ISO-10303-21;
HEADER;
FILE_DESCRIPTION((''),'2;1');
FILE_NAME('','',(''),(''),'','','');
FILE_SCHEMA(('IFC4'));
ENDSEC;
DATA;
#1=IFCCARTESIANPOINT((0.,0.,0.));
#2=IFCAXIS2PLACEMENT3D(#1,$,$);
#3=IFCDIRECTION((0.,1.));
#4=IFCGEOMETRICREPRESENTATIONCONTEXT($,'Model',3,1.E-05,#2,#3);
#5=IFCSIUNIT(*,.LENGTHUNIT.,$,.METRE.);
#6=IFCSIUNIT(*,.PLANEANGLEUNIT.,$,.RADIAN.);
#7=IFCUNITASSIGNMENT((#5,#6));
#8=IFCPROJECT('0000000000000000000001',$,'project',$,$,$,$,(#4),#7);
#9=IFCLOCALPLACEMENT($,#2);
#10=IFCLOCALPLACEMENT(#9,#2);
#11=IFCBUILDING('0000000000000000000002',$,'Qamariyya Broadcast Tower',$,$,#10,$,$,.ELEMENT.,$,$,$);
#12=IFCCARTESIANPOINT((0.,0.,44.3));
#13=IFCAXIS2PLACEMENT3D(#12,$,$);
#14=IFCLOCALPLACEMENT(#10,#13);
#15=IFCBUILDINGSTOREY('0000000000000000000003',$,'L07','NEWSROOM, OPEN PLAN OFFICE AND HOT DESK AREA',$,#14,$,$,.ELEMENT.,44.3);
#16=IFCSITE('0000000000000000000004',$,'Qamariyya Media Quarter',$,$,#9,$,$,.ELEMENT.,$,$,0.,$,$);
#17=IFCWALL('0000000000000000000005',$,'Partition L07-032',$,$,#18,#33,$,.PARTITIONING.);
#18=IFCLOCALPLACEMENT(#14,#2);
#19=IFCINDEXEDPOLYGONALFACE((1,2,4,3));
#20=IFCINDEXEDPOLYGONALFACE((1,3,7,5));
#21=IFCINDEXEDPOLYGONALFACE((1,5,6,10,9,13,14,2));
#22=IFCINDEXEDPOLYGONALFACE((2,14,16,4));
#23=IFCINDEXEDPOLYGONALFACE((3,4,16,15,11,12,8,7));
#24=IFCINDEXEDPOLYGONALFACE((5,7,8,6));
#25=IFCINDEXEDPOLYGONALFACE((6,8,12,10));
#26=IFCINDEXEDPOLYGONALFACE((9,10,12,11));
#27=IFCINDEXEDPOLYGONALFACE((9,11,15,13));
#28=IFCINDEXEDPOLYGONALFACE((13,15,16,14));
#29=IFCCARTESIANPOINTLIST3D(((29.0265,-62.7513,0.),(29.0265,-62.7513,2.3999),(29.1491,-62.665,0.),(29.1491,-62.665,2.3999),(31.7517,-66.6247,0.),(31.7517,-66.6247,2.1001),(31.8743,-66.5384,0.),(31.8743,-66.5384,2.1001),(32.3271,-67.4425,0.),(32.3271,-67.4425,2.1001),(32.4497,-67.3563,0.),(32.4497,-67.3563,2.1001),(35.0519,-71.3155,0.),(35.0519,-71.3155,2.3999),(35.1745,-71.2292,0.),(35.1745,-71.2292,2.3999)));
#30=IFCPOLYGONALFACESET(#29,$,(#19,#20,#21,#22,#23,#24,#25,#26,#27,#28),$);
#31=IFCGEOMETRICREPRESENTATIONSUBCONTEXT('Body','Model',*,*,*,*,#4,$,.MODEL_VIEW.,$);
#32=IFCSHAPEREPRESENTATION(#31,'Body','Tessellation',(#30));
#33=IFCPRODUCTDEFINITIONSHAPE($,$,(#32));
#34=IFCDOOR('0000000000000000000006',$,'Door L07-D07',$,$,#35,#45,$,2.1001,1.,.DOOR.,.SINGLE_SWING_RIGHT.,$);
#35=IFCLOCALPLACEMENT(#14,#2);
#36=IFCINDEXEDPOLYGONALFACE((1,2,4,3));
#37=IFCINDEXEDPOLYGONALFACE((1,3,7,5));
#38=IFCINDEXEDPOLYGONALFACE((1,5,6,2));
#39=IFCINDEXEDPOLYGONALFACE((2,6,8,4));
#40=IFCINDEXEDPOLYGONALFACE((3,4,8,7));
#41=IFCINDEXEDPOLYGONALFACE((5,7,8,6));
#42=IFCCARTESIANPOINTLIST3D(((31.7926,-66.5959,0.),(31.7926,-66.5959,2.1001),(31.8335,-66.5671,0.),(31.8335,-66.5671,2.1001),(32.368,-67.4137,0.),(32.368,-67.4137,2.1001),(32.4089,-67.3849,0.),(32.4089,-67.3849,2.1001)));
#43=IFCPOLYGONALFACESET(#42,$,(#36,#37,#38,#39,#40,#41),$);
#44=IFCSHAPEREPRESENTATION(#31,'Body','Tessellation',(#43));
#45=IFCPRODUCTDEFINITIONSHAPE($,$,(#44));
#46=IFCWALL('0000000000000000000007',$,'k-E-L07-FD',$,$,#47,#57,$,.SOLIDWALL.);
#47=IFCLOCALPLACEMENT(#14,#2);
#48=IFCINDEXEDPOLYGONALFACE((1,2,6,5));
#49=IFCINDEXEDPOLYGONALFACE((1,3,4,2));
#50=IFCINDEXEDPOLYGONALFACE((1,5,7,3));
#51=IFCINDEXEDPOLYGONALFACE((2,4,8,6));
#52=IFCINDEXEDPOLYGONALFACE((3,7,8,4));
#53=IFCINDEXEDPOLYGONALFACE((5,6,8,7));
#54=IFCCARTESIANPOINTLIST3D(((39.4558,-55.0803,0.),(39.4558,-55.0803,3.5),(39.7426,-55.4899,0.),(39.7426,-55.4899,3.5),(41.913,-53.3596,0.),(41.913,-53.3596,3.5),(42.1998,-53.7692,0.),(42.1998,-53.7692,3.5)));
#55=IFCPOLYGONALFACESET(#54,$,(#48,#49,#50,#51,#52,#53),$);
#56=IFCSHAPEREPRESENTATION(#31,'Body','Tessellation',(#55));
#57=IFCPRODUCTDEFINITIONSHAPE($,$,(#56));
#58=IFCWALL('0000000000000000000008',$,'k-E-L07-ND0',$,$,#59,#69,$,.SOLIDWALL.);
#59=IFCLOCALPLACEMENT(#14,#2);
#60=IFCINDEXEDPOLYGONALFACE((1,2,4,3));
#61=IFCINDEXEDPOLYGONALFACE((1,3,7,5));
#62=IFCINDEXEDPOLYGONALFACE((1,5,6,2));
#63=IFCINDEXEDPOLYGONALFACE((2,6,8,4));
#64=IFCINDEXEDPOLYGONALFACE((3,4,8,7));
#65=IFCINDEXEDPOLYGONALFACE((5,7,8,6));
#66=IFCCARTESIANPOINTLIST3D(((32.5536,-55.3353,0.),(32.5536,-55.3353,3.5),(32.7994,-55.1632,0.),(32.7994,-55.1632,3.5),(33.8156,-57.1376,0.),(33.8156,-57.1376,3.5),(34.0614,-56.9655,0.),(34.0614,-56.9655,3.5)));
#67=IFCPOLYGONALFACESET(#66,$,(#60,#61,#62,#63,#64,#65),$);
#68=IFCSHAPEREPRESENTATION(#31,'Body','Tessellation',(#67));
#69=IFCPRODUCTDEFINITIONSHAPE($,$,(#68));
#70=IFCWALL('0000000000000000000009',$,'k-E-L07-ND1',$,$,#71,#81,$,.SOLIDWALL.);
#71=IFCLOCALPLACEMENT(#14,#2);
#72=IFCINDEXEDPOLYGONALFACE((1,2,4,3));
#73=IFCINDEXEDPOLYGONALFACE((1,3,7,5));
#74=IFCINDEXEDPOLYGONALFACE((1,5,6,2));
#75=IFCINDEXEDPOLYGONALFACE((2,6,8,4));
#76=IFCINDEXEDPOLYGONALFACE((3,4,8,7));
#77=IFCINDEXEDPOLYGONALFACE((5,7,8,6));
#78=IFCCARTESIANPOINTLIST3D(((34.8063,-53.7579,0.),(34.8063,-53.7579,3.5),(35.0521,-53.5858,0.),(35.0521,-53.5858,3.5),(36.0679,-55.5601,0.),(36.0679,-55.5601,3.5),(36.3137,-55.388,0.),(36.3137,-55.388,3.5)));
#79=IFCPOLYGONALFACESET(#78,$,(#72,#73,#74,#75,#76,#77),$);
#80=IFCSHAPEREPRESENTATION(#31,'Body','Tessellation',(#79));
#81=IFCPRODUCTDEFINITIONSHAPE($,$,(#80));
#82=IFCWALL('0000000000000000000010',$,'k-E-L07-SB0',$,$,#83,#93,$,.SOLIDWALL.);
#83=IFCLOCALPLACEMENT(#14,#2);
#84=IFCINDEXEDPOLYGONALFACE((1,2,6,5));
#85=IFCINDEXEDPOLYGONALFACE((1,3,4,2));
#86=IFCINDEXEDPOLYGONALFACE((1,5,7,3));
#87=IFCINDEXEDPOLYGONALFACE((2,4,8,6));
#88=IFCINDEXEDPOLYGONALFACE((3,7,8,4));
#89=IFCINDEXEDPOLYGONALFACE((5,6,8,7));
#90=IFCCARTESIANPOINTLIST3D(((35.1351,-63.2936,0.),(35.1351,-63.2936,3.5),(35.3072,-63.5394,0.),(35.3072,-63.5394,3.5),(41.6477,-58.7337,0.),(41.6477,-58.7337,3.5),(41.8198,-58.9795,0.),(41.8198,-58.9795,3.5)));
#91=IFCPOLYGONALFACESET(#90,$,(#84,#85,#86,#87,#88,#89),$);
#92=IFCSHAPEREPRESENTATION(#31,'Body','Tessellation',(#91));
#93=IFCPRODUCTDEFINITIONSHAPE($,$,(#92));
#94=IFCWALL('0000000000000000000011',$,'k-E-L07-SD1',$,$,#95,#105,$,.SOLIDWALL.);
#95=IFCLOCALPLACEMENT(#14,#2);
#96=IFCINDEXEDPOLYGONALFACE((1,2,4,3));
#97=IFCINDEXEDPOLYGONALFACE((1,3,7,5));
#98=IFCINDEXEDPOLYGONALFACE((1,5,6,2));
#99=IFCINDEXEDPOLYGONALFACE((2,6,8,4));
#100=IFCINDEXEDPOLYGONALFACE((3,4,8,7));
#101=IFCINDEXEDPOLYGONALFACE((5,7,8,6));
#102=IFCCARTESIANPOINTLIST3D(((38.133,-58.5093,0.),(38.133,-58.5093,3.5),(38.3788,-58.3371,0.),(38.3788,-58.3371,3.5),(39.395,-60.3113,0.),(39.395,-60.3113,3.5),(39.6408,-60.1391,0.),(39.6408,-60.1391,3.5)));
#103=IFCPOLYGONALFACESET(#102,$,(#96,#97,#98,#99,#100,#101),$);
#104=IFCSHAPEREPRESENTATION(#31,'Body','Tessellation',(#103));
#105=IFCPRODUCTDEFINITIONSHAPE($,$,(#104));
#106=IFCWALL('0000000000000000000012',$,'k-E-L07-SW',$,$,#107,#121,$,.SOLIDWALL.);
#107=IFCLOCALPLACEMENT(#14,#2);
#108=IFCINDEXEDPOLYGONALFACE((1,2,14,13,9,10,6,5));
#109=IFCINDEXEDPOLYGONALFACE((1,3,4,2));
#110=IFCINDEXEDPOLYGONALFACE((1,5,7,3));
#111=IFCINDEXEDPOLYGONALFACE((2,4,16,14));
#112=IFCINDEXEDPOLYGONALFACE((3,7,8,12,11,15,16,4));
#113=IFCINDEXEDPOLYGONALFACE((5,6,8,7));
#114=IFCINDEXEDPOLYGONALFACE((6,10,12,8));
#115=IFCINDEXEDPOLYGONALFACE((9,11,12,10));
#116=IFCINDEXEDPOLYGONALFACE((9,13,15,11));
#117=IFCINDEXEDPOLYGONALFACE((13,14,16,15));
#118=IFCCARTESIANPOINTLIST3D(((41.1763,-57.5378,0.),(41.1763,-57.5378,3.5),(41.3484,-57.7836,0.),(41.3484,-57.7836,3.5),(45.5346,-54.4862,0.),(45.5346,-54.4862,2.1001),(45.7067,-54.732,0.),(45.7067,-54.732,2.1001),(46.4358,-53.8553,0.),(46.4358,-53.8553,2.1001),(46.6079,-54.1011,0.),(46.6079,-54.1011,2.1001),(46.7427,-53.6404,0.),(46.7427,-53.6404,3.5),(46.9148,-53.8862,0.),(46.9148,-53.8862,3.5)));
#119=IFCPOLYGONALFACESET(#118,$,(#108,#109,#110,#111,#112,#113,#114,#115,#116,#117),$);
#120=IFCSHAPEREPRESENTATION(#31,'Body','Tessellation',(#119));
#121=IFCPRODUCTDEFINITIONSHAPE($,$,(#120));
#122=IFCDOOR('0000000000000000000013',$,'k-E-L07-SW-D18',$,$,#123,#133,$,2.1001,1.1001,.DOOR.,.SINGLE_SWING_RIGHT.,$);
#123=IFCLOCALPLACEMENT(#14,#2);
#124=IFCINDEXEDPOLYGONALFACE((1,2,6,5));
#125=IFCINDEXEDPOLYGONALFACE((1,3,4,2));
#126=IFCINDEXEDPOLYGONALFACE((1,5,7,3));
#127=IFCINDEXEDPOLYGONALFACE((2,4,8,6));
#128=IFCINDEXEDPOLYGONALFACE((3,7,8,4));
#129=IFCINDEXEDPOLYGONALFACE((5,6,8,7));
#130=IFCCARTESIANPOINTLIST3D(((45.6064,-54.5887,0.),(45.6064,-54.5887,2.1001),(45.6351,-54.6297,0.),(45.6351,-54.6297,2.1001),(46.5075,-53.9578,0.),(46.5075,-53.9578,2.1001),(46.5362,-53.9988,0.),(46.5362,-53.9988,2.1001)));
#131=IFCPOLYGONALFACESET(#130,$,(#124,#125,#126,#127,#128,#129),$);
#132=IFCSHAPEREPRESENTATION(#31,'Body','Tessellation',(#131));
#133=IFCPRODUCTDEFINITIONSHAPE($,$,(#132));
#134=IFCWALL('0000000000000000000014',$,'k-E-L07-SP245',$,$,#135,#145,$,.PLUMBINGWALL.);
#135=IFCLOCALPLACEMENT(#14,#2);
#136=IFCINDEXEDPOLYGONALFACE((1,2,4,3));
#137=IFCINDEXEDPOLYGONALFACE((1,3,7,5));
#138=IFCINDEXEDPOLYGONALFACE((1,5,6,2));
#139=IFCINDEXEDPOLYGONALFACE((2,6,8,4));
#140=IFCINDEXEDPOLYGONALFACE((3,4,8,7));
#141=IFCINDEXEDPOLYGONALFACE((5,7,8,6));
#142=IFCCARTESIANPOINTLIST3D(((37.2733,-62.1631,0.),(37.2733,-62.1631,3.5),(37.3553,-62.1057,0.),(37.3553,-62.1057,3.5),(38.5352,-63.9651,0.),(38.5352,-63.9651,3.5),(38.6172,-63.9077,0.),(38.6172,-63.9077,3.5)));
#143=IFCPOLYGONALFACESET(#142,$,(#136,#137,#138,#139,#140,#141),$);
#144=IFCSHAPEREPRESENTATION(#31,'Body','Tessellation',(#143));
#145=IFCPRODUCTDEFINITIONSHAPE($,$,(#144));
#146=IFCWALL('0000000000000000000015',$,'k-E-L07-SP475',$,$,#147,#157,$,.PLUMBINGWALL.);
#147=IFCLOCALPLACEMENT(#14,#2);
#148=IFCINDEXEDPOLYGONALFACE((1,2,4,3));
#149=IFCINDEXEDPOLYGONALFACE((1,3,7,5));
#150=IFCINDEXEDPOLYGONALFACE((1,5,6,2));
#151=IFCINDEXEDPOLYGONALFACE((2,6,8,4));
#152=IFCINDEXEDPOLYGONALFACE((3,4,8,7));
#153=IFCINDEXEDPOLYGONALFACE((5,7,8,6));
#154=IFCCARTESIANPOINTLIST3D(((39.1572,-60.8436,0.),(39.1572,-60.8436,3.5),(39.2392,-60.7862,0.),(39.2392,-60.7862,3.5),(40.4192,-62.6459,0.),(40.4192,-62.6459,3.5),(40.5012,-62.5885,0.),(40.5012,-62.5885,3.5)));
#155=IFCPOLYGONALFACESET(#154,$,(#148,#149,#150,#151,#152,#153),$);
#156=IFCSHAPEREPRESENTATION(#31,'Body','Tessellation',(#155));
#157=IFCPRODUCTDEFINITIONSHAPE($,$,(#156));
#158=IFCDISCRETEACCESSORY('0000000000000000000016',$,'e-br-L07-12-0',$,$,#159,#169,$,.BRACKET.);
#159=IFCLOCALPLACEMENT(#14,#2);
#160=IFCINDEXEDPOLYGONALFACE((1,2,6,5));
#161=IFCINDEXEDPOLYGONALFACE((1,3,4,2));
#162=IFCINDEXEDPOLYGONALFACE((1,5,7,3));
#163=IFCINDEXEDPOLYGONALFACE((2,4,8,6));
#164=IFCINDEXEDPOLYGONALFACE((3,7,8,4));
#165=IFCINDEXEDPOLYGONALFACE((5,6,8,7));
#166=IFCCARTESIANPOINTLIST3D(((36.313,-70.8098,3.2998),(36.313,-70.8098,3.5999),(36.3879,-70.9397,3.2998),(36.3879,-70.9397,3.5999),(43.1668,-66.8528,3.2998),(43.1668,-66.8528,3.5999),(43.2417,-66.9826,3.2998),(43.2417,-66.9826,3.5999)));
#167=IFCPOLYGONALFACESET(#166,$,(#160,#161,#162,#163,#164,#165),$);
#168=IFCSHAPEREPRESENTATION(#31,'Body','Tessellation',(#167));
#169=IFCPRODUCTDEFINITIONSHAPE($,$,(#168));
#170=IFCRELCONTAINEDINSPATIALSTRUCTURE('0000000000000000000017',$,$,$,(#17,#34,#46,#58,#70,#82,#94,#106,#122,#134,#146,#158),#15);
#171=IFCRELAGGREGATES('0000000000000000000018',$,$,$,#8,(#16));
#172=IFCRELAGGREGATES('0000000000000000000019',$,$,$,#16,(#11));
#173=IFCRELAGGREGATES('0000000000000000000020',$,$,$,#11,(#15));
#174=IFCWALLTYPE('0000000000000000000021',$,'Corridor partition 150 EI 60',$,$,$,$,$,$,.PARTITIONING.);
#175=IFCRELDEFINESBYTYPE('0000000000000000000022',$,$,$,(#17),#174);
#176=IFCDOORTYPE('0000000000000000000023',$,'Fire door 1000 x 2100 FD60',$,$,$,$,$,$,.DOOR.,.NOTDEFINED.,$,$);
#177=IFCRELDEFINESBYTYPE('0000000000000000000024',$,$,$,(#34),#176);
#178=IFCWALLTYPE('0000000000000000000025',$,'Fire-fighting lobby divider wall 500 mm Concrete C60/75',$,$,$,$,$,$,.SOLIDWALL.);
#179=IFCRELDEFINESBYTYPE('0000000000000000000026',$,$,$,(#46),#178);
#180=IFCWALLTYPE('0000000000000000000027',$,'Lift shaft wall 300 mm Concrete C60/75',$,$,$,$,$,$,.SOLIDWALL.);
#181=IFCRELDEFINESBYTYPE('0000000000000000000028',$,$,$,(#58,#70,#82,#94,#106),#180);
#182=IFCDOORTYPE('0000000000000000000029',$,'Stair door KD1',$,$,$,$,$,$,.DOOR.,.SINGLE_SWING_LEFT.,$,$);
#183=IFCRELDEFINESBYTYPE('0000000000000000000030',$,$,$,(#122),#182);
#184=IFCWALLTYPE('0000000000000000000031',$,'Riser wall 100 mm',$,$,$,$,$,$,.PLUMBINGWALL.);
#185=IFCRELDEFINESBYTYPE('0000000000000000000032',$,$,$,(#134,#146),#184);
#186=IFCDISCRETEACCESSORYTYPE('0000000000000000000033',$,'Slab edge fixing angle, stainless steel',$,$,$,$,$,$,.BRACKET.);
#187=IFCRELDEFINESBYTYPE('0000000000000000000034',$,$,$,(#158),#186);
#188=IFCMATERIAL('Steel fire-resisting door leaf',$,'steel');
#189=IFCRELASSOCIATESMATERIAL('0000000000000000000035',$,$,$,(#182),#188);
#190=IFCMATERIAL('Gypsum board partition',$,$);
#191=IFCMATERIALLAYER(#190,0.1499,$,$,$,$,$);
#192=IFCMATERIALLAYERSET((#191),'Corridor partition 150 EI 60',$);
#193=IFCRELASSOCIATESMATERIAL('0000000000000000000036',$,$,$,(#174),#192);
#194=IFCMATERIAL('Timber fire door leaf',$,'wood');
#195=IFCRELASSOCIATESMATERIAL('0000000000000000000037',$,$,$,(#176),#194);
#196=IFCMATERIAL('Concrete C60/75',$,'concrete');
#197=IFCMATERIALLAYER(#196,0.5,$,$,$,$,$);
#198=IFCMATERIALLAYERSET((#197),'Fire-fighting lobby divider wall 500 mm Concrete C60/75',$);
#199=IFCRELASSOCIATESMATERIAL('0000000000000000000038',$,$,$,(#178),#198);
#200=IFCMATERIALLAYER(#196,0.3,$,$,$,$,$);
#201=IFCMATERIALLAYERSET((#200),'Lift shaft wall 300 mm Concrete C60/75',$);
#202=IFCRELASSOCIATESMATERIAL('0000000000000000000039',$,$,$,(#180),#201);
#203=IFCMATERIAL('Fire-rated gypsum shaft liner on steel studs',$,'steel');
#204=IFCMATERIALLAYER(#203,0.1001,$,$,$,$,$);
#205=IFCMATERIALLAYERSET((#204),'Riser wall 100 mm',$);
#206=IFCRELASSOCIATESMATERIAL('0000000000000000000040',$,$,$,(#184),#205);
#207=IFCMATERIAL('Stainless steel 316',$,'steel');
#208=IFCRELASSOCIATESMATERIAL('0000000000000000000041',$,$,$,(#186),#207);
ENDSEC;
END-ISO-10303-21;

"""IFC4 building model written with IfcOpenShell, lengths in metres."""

from ifc_helpers import new_model, si_unit, direction, frame, frame_2d, origin, origin_2d, place, context, subcontext, project, spatial, rectangle, extrude, material, layer, layer_set, type_object, element, fill, save


model = new_model("IFC4")

# Units and contexts
model_context = context("Model", 3, precision=1e-05, world=origin(), true_north=direction((0.0, 1.0)))
body_context = subcontext(model_context, "Body", "Model", "MODEL_VIEW")
ifc_project = project(units=[si_unit("LENGTHUNIT", "METRE"), si_unit("PLANEANGLEUNIT", "RADIAN")], contexts=[model_context])

# Site, building, storey
site_placement = place(None, origin())
site = spatial("IfcSite", under=ifc_project, at=site_placement, Name="Qamariyya Media Quarter", CompositionType="ELEMENT", RefElevation=0.0)
building_placement = place(site_placement, origin())
building = spatial("IfcBuilding", under=site, at=building_placement, Name="Qamariyya Broadcast Tower", CompositionType="ELEMENT")
storey_placement = place(building_placement, frame((0.0, 0.0, 44.3)))
storey = spatial("IfcBuildingStorey", under=building, at=storey_placement, Name="L07", Description="NEWSROOM, OPEN PLAN OFFICE AND HOT DESK AREA", CompositionType="ELEMENT", Elevation=44.3)

# Shared definitions
ifc_material_1 = material(Name="Steel fire-resisting door leaf", Category="steel")

# Shared definitions
door_type_1 = type_object("IfcDoorType", Name="Stair door KD1", OperationType="SINGLE_SWING_LEFT", PredefinedType="DOOR", material=ifc_material_1)

# Wall, opening, door
ifc_material_2 = material(Name="Gypsum board partition")
ifc_layer_1 = layer(ifc_material_2, 0.1499)
ifc_layer_set_1 = layer_set([ifc_layer_1], Name="Corridor partition 150 EI 60")
wall_type_1 = type_object("IfcWallType", Name="Corridor partition 150 EI 60", PredefinedType="PARTITIONING", material=ifc_layer_set_1)
wall_1_placement = place(storey_placement, frame((35.1133, -71.2725, 0.0), z_axis=(0.0, 0.0, 1.0), x_axis=(-0.575412, 0.817864, 0.0)))
wall_1 = element("IfcWall", 1, at=wall_1_placement, inside=storey, type_object=wall_type_1, Name="Partition L07-032", PredefinedType="PARTITIONING", context=body_context, shape_type="SweptSolid", body=[
    extrude(rectangle(XDim=10.4714, YDim=0.1499, at=frame_2d((5.2358, 0.0))), origin(), (0.0, 0.0, 1.0), 2.3999),
])
opening_1_placement = place(wall_1_placement, frame((4.7356, 0.0, 0.0)))
opening_1 = element("IfcOpeningElement", 2, at=opening_1_placement, cuts=wall_1, PredefinedType="OPENING", context=body_context, shape_type="SweptSolid", body=[
    extrude(rectangle(XDim=1.0, YDim=2.1001, at=frame_2d((0.5, 1.05))), frame((0.0, 0.085, 0.0), z_axis=(0.0, -1.0, 0.0), x_axis=(1.0, 0.0, 0.0)), (0.0, 0.0, 1.0), 0.1699),
])
ifc_material_3 = material(Name="Timber fire door leaf", Category="wood")
door_type_2 = type_object("IfcDoorType", Name="Fire door 1000 x 2100 FD60", OperationType="NOTDEFINED", PredefinedType="DOOR", material=ifc_material_3)
door_1_placement = place(opening_1_placement, origin())
door_1 = element("IfcDoor", 3, at=door_1_placement, inside=storey, type_object=door_type_2, Name="Door L07-D07", OperationType="SINGLE_SWING_RIGHT", OverallHeight=2.1001, OverallWidth=1.0, PredefinedType="DOOR", context=body_context, shape_type="SweptSolid", body=[
    extrude(rectangle(XDim=1.0, YDim=2.1001, at=frame_2d((0.5, 1.05))), frame((0.0, 0.0249, 0.0), z_axis=(0.0, -1.0, 0.0), x_axis=(1.0, 0.0, 0.0)), (0.0, 0.0, 1.0), 0.05),
])
fill(opening_1, door_1)

# Walls
ifc_material_4 = material(Name="Concrete C60/75", Category="concrete")
ifc_layer_2 = layer(ifc_material_4, 0.5)
ifc_layer_set_2 = layer_set([ifc_layer_2], Name="Fire-fighting lobby divider wall 500 mm Concrete C60/75")
wall_type_2 = type_object("IfcWallType", Name="Fire-fighting lobby divider wall 500 mm Concrete C60/75", PredefinedType="SOLIDWALL", material=ifc_layer_set_2)
wall_2_placement = place(storey_placement, frame((39.5991, -55.2852, 0.0), z_axis=(0.0, 0.0, 1.0), x_axis=(0.819136, 0.573599, 0.0)))
element("IfcWall", 4, at=wall_2_placement, inside=storey, type_object=wall_type_2, Name="k-E-L07-FD", PredefinedType="SOLIDWALL", context=body_context, shape_type="SweptSolid", body=[
    extrude(rectangle(XDim=2.9998, YDim=0.5, at=frame_2d((1.5, 0.0))), origin(), (0.0, 0.0, 1.0), 3.5),
])
ifc_layer_3 = layer(ifc_material_4, 0.3)
ifc_layer_set_3 = layer_set([ifc_layer_3], Name="Lift shaft wall 300 mm Concrete C60/75")
wall_type_3 = type_object("IfcWallType", Name="Lift shaft wall 300 mm Concrete C60/75", PredefinedType="SOLIDWALL", material=ifc_layer_set_3)
wall_3_placement = place(storey_placement, frame((33.9385, -57.0515, 0.0), z_axis=(0.0, 0.0, 1.0), x_axis=(-0.573581, 0.819149, 0.0)))
element("IfcWall", 5, at=wall_3_placement, inside=storey, type_object=wall_type_3, Name="k-E-L07-ND0", PredefinedType="SOLIDWALL", context=body_context, shape_type="SweptSolid", body=[
    extrude(rectangle(XDim=2.2002, YDim=0.3, at=frame_2d((1.1001, 0.0))), origin(), (0.0, 0.0, 1.0), 3.5),
])
wall_4_placement = place(storey_placement, frame((36.1909, -55.4741, 0.0), z_axis=(0.0, 0.0, 1.0), x_axis=(-0.573507, 0.819201, 0.0)))
element("IfcWall", 6, at=wall_4_placement, inside=storey, type_object=wall_type_3, Name="k-E-L07-ND1", PredefinedType="SOLIDWALL", context=body_context, shape_type="SweptSolid", body=[
    extrude(rectangle(XDim=2.2, YDim=0.3, at=frame_2d((1.1001, 0.0))), origin(), (0.0, 0.0, 1.0), 3.5),
])
wall_5_placement = place(storey_placement, frame((35.2212, -63.4165, 0.0), z_axis=(0.0, 0.0, 1.0), x_axis=(0.819167, 0.573555, 0.0)))
element("IfcWall", 7, at=wall_5_placement, inside=storey, type_object=wall_type_3, Name="k-E-L07-SB0", PredefinedType="SOLIDWALL", context=body_context, shape_type="SweptSolid", body=[
    extrude(rectangle(XDim=7.9502, YDim=0.3, at=frame_2d((3.9751, 0.0))), origin(), (0.0, 0.0, 1.0), 3.5),
])
wall_6_placement = place(storey_placement, frame((38.2559, -58.4231, 0.0), z_axis=(0.0, 0.0, 1.0), x_axis=(0.573634, -0.819112, 0.0)))
element("IfcWall", 8, at=wall_6_placement, inside=storey, type_object=wall_type_3, Name="k-E-L07-SD1", PredefinedType="SOLIDWALL", context=body_context, shape_type="SweptSolid", body=[
    extrude(rectangle(XDim=2.2, YDim=0.3, at=frame_2d((1.1001, 0.0))), origin(), (0.0, 0.0, 1.0), 3.5),
])

# Wall, opening, door
wall_7_placement = place(storey_placement, frame((41.2625, -57.6606, 0.0), z_axis=(0.0, 0.0, 1.0), x_axis=(0.819164, 0.573559, 0.0)))
wall_7 = element("IfcWall", 9, at=wall_7_placement, inside=storey, type_object=wall_type_3, Name="k-E-L07-SW", PredefinedType="SOLIDWALL", context=body_context, shape_type="SweptSolid", body=[
    extrude(rectangle(XDim=6.7952, YDim=0.3, at=frame_2d((3.3975, 0.0))), origin(), (0.0, 0.0, 1.0), 3.5),
])
opening_2_placement = place(wall_7_placement, frame((5.3203, 0.0, 0.0)))
opening_2 = element("IfcOpeningElement", 10, at=opening_2_placement, cuts=wall_7, PredefinedType="OPENING", context=body_context, shape_type="SweptSolid", body=[
    extrude(rectangle(XDim=1.1001, YDim=2.1001, at=frame_2d((0.55, 1.05))), frame((0.0, 0.1599, 0.0), z_axis=(0.0, -1.0, 0.0), x_axis=(1.0, 0.0, 0.0)), (0.0, 0.0, 1.0), 0.3201),
])
door_2_placement = place(opening_2_placement, origin())
door_2 = element("IfcDoor", 11, at=door_2_placement, inside=storey, type_object=door_type_1, Name="k-E-L07-SW-D18", OperationType="SINGLE_SWING_RIGHT", OverallHeight=2.1001, OverallWidth=1.1001, PredefinedType="DOOR", context=body_context, shape_type="SweptSolid", body=[
    extrude(rectangle(XDim=1.1001, YDim=2.1001, at=frame_2d((0.55, 1.05))), frame((0.0, 0.0249, 0.0), z_axis=(0.0, -1.0, 0.0), x_axis=(1.0, 0.0, 0.0)), (0.0, 0.0, 1.0), 0.05),
])
fill(opening_2, door_2)

# Walls
ifc_material_5 = material(Name="Fire-rated gypsum shaft liner on steel studs", Category="steel")
ifc_layer_4 = layer(ifc_material_5, 0.1001)
ifc_layer_set_4 = layer_set([ifc_layer_4], Name="Riser wall 100 mm")
wall_type_4 = type_object("IfcWallType", Name="Riser wall 100 mm", PredefinedType="PLUMBINGWALL", material=ifc_layer_set_4)
wall_8_placement = place(storey_placement, frame((37.3142, -62.1343, 0.0), z_axis=(0.0, 0.0, 1.0), x_axis=(0.573634, -0.819112, 0.0)))
element("IfcWall", 12, at=wall_8_placement, inside=storey, type_object=wall_type_4, Name="k-E-L07-SP245", PredefinedType="PLUMBINGWALL", context=body_context, shape_type="SweptSolid", body=[
    extrude(rectangle(XDim=2.2, YDim=0.1001, at=frame_2d((1.1001, 0.0))), origin(), (0.0, 0.0, 1.0), 3.5),
])
wall_9_placement = place(storey_placement, frame((39.1982, -60.8149, 0.0), z_axis=(0.0, 0.0, 1.0), x_axis=(0.573581, -0.819149, 0.0)))
element("IfcWall", 13, at=wall_9_placement, inside=storey, type_object=wall_type_4, Name="k-E-L07-SP475", PredefinedType="PLUMBINGWALL", context=body_context, shape_type="SweptSolid", body=[
    extrude(rectangle(XDim=2.2002, YDim=0.1001, at=frame_2d((1.1001, 0.0))), origin(), (0.0, 0.0, 1.0), 3.5),
])

# Discrete accessory
ifc_material_6 = material(Name="Stainless steel 316", Category="steel")
discrete_accessory_type = type_object("IfcDiscreteAccessoryType", Name="Slab edge fixing angle, stainless steel", PredefinedType="BRACKET", material=ifc_material_6)
discrete_accessory_placement = place(storey_placement, frame((39.7773, -68.8962, 3.2998), z_axis=(0.0, 0.0, 1.0), x_axis=(0.866025, 0.5, 0.0)))
element("IfcDiscreteAccessory", 14, at=discrete_accessory_placement, inside=storey, type_object=discrete_accessory_type, Name="e-br-L07-12-0", PredefinedType="BRACKET", context=body_context, shape_type="SweptSolid", body=[
    extrude(rectangle(XDim=7.9141, YDim=0.1499, at=origin_2d()), origin(), (0.0, 0.0, 1.0), 0.3),
])

save(model, "model.ifc")
